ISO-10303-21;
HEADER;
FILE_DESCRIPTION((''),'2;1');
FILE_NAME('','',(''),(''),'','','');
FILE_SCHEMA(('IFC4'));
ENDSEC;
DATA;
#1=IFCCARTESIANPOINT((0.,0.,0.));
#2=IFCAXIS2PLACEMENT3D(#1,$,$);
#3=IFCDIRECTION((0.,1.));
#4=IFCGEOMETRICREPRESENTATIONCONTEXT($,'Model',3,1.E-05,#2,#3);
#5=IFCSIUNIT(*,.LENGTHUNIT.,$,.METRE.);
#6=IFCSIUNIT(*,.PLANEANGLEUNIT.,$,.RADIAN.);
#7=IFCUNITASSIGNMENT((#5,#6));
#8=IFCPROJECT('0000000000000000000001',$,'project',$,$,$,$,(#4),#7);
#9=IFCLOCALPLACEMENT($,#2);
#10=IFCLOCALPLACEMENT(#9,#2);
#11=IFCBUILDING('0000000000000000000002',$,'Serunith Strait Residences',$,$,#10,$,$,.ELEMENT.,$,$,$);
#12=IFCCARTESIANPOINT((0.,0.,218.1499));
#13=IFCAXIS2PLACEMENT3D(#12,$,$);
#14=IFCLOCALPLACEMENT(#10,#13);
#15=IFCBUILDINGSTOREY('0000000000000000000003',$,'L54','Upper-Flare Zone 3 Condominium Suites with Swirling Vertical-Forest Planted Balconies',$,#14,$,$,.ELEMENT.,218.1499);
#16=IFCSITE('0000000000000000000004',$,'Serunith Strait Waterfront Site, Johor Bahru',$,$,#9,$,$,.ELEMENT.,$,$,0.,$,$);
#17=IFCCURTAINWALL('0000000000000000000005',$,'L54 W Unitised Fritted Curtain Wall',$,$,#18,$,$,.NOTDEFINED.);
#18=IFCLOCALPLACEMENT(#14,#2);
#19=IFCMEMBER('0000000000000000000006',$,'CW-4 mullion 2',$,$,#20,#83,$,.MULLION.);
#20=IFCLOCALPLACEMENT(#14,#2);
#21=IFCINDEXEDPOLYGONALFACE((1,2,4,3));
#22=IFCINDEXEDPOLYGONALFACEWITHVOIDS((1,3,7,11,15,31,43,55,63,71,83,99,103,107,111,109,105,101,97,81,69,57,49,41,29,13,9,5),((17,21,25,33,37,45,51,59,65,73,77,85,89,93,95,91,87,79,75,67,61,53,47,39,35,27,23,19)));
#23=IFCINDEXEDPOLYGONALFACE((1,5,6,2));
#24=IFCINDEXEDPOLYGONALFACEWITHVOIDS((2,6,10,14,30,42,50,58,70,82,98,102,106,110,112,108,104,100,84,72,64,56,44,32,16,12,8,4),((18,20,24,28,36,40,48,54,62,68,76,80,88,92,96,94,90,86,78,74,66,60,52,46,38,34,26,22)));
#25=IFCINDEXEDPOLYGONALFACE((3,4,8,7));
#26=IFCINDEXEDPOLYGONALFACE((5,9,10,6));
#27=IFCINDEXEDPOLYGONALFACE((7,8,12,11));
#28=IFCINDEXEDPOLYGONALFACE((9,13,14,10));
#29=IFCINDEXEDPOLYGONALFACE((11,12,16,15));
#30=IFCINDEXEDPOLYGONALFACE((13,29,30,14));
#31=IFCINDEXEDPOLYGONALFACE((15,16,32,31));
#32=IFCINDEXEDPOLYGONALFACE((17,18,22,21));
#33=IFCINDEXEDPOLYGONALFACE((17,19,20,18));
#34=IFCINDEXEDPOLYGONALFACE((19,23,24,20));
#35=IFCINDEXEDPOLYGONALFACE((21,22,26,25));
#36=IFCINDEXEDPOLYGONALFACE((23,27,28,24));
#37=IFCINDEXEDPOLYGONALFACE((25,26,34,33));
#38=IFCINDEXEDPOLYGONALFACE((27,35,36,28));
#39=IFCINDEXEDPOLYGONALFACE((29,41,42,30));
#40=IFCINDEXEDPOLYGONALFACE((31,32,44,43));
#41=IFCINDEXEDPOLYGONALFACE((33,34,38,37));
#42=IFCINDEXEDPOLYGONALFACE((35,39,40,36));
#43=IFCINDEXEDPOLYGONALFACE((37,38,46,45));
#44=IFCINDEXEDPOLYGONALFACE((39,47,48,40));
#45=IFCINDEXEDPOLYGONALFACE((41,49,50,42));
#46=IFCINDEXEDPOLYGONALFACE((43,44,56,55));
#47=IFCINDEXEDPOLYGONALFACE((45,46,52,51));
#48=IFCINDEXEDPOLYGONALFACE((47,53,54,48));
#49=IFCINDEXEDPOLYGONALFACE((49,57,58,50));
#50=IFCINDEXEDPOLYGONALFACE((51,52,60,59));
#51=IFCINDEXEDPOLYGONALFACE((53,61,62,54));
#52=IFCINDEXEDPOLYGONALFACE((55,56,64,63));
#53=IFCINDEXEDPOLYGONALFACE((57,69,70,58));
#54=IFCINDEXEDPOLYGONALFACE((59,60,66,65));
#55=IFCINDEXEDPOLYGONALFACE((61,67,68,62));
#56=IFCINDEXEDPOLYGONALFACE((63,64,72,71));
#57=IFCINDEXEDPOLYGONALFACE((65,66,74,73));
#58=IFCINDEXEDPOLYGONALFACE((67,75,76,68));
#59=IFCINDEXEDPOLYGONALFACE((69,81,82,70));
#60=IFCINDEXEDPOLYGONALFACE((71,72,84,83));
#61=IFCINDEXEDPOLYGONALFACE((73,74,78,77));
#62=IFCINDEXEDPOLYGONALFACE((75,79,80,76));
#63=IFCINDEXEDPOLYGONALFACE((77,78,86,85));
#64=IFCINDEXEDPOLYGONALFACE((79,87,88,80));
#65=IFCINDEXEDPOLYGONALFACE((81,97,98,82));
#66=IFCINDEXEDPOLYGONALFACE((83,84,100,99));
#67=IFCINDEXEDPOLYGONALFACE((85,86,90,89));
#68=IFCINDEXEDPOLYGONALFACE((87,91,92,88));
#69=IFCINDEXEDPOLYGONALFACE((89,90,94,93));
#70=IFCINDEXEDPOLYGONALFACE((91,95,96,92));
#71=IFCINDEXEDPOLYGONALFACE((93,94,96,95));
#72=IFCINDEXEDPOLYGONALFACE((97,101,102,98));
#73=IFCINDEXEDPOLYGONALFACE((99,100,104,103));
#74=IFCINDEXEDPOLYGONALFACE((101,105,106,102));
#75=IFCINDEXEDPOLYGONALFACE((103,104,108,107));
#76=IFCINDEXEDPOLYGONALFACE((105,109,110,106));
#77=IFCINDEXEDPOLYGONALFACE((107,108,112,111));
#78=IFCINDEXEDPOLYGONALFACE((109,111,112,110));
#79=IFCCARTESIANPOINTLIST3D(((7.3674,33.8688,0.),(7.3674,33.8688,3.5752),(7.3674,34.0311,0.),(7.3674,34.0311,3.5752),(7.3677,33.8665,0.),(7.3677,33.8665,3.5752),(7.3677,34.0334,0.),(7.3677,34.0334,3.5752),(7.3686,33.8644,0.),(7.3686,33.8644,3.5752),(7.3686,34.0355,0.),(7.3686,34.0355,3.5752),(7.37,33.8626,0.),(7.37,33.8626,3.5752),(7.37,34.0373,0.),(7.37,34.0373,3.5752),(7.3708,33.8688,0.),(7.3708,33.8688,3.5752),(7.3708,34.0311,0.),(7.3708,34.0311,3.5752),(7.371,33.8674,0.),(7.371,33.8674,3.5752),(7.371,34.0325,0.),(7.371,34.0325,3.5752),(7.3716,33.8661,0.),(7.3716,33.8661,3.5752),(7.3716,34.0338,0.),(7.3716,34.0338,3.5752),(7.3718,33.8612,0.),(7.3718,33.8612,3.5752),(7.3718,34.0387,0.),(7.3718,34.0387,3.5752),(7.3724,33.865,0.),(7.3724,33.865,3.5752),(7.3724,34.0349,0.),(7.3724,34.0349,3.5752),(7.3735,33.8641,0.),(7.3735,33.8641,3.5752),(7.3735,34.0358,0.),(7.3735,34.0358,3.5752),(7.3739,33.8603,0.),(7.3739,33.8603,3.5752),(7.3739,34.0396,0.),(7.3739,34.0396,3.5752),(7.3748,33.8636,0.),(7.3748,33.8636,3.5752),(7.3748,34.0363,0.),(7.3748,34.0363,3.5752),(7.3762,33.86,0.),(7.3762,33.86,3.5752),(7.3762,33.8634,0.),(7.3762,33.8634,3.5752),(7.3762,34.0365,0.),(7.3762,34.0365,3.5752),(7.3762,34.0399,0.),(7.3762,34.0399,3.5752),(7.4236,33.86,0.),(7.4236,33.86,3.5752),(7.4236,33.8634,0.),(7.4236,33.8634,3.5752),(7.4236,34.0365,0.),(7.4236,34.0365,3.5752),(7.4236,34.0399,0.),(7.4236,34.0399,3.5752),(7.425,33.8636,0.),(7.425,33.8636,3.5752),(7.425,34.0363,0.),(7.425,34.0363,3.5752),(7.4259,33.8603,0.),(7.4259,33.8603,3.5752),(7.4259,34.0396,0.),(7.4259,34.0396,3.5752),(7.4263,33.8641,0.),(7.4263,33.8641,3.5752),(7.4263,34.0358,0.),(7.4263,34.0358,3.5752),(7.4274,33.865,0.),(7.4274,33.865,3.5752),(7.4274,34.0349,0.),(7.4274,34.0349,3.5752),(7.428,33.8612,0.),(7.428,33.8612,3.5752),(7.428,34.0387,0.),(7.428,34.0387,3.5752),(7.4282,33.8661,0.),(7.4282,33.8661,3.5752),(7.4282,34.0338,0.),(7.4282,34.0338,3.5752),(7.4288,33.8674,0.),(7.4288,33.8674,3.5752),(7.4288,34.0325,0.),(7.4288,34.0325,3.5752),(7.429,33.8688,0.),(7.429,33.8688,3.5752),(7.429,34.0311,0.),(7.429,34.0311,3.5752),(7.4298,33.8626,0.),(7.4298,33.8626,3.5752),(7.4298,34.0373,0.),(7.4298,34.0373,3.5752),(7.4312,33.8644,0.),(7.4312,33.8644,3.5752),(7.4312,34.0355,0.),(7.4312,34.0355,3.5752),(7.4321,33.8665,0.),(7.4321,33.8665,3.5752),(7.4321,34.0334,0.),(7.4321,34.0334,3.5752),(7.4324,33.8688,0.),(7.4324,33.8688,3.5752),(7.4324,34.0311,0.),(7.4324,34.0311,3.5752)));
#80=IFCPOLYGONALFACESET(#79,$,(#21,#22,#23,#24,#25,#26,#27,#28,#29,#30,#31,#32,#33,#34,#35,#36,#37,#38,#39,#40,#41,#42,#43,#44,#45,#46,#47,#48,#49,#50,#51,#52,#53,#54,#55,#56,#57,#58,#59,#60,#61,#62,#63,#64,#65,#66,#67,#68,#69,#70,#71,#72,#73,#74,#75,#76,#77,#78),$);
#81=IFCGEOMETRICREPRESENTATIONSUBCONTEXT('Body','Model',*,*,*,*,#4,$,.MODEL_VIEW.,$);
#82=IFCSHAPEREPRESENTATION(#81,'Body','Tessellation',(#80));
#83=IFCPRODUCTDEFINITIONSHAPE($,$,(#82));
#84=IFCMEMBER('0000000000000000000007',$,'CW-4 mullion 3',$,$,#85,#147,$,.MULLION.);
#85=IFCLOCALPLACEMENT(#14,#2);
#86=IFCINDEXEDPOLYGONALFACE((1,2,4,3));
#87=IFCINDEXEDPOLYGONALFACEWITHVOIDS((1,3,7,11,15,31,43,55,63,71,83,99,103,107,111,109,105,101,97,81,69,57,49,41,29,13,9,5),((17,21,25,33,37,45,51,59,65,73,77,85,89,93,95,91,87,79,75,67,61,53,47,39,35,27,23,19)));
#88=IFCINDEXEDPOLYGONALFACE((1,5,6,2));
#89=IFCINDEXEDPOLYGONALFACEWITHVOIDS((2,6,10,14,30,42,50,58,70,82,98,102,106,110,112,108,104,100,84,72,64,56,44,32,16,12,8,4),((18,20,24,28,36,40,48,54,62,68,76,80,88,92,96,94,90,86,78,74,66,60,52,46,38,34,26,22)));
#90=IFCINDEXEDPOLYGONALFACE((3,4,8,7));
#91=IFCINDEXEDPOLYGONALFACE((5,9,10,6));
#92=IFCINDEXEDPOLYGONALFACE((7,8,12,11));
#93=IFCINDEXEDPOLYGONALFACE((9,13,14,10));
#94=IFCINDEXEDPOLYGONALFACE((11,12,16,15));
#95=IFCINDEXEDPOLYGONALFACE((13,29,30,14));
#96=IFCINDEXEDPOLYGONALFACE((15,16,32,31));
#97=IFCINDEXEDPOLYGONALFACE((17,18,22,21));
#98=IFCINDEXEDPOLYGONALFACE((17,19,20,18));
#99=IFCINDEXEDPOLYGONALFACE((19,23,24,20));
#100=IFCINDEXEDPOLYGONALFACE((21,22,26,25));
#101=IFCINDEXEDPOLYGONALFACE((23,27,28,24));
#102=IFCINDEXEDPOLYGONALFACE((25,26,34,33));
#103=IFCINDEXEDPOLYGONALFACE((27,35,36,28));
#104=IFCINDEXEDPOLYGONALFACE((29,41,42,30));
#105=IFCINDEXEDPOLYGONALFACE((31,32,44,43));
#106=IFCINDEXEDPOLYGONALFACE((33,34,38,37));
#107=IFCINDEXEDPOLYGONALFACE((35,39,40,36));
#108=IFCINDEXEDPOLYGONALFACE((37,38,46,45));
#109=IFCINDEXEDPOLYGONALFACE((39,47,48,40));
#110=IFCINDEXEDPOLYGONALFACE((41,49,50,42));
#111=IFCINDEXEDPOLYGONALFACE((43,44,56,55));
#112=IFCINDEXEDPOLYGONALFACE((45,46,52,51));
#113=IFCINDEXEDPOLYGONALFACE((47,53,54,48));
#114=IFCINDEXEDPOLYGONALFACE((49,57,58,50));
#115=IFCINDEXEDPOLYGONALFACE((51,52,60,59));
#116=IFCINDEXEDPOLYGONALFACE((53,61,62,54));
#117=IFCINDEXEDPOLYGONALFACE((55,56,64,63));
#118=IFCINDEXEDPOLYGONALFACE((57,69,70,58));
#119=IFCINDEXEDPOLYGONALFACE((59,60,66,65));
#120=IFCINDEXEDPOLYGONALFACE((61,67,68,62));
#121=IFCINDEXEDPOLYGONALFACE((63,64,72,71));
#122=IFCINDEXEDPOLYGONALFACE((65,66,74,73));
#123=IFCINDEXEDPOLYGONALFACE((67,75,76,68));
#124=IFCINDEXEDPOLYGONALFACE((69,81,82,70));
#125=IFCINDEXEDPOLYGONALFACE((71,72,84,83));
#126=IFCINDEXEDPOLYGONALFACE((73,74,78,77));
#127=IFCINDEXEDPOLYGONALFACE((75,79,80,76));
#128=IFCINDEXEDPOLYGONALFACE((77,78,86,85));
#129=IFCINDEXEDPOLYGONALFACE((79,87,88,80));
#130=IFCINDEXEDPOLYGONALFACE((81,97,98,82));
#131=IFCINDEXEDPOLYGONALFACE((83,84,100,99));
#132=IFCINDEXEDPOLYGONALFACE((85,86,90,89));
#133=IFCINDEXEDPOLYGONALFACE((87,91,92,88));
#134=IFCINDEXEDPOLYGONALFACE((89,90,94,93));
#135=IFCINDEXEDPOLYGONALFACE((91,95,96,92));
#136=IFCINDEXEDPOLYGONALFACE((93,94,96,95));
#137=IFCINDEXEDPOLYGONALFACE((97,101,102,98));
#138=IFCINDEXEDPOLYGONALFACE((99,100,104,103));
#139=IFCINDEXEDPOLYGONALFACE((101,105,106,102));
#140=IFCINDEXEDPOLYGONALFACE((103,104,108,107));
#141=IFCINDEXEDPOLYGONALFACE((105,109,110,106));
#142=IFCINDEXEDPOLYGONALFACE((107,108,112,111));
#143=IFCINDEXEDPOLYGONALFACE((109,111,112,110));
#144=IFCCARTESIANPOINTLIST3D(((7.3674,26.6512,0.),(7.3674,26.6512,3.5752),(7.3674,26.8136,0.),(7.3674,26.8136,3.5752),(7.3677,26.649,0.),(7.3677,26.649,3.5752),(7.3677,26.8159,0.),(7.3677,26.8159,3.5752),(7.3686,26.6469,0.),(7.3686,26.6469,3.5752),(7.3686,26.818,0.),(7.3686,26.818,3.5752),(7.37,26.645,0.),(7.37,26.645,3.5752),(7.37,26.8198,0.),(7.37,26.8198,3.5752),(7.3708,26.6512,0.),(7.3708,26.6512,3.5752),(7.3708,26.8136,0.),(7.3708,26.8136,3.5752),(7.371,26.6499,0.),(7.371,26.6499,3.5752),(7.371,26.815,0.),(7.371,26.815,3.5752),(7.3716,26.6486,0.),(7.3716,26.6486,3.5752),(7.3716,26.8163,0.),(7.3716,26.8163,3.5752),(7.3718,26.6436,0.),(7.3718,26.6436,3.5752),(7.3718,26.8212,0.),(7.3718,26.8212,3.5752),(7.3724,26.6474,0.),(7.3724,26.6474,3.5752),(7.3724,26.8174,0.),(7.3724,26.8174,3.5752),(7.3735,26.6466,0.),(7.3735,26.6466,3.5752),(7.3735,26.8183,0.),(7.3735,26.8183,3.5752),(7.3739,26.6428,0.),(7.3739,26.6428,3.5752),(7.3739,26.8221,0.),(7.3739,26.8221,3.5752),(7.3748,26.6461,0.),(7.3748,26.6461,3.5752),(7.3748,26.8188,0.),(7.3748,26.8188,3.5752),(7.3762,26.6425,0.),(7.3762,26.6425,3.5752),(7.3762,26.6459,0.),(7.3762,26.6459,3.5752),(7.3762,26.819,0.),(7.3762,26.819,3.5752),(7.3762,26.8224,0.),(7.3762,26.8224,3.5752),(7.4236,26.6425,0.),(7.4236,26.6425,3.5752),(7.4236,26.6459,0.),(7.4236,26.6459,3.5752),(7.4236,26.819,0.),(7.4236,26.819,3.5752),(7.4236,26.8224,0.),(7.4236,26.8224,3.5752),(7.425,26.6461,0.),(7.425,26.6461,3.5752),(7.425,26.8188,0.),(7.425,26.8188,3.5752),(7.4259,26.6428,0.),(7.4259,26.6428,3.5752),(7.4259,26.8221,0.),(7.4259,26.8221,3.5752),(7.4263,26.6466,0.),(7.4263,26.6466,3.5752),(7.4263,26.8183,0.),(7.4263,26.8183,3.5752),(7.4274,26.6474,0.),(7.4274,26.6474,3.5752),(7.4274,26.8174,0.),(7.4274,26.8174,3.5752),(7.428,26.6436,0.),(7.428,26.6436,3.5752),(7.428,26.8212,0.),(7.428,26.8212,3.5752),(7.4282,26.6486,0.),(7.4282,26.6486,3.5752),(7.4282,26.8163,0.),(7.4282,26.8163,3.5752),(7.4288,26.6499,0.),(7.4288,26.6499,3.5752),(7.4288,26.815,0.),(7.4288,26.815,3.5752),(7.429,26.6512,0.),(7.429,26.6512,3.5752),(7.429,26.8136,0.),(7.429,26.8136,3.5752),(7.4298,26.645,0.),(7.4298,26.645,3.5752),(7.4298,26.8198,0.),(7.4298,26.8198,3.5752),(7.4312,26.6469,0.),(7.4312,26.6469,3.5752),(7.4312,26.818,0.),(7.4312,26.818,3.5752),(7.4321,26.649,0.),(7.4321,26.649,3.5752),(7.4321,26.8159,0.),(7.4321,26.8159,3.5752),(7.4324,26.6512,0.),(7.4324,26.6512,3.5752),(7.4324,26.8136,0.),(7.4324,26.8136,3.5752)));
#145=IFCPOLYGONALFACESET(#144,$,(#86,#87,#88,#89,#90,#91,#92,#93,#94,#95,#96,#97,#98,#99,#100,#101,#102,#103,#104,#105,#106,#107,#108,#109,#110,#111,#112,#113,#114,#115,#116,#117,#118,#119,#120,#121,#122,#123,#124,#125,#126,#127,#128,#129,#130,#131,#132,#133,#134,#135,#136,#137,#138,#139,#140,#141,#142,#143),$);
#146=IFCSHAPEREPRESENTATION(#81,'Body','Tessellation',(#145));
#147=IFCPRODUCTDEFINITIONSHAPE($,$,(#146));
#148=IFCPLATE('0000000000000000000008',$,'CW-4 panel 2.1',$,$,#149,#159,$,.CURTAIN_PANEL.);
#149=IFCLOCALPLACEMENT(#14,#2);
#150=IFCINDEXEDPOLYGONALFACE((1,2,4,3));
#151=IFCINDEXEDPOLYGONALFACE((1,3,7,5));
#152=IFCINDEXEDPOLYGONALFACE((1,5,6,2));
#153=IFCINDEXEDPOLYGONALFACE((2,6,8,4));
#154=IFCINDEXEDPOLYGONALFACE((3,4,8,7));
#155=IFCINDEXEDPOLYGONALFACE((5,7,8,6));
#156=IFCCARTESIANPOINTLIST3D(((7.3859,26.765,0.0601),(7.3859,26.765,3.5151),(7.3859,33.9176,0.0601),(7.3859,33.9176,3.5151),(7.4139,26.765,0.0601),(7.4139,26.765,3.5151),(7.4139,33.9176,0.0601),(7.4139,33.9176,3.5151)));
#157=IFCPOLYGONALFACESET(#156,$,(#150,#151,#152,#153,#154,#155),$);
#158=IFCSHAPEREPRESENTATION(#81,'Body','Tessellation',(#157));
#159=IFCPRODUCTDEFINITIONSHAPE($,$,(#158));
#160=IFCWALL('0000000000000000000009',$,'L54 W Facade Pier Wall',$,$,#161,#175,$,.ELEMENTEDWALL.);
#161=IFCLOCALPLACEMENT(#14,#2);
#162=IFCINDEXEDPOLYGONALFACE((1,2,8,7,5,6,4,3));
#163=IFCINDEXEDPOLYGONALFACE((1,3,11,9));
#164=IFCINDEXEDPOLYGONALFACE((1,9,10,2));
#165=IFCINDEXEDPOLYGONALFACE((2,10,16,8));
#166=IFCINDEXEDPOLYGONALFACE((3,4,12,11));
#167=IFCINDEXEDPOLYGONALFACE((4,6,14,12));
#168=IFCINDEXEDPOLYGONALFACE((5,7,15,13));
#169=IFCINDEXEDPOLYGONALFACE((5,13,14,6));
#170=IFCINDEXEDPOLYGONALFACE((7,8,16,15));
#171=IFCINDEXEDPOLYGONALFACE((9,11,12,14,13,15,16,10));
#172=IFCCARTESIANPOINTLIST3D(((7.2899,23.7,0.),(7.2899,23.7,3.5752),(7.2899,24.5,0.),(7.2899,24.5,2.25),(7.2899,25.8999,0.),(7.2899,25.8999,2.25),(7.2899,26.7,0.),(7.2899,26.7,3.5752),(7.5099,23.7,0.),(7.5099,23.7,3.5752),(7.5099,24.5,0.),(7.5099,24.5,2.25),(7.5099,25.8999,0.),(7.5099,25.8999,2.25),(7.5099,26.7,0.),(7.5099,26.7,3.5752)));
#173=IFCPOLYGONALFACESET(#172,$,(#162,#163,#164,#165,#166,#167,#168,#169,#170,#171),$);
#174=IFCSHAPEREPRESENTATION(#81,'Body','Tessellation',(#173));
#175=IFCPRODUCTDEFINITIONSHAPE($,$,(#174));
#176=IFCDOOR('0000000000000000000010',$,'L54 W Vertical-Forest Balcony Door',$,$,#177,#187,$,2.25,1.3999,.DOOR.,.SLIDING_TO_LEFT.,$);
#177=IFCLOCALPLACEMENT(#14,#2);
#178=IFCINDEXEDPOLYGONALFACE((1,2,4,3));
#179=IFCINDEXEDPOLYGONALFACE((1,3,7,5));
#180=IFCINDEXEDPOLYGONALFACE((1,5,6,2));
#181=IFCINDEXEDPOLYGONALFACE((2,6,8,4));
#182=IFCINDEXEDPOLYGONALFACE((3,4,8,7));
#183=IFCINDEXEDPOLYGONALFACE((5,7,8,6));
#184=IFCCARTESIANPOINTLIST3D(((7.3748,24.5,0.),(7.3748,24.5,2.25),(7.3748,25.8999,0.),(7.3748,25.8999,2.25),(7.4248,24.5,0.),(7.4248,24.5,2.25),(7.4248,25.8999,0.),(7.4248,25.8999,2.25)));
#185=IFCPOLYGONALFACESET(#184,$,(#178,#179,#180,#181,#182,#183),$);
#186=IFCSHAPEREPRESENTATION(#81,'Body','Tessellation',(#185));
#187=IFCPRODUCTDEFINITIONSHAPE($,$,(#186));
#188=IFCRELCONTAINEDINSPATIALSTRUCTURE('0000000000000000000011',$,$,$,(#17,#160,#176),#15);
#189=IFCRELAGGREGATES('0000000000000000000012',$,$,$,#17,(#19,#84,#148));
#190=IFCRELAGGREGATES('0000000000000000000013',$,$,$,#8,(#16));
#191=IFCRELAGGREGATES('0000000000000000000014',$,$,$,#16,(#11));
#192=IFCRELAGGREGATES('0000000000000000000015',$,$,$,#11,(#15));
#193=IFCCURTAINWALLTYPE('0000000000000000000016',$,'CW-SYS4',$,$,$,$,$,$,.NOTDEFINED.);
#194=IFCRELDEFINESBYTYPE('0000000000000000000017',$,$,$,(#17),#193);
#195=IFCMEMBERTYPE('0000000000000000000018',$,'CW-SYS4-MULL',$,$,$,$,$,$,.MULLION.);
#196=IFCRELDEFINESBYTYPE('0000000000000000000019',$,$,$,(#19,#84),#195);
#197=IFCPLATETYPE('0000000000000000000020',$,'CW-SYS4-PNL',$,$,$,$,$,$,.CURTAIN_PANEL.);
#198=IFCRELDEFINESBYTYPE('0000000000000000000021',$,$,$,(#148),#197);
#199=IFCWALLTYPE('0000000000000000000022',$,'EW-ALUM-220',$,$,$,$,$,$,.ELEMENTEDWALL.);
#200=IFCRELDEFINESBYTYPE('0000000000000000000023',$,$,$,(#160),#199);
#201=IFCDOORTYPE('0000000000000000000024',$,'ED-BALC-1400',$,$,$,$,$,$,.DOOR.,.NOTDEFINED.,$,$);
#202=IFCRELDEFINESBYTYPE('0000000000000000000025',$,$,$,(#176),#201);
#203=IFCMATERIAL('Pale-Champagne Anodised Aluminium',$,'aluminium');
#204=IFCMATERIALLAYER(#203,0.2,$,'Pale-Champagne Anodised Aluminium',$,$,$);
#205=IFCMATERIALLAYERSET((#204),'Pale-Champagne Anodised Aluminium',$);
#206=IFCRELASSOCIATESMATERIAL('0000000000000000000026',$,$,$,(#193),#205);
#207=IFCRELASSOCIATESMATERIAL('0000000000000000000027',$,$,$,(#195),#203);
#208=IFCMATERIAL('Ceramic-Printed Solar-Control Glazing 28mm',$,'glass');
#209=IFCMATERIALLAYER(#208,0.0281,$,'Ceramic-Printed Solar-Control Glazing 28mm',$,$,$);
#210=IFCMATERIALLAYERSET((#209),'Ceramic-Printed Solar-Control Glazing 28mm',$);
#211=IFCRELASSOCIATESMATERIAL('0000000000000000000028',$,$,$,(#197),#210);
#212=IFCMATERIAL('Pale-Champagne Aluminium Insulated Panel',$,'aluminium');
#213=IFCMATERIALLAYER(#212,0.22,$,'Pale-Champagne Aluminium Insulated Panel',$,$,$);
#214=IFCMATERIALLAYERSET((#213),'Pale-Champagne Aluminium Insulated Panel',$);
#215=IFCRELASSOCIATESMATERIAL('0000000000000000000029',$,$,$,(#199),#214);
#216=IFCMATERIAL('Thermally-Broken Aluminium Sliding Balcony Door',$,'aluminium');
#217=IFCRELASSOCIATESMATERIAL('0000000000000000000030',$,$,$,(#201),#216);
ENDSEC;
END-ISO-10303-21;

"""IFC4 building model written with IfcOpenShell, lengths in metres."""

from ifc_helpers import new_model, si_unit, direction, frame, frame_2d, origin, origin_2d, place, context, subcontext, project, spatial, rectangle, hollow_rectangle, extrude, source, transform, mapped, material, layer, layer_set, material_profile, profile_set, type_object, element, fill, aggregate, save


model = new_model("IFC4")

# Units and contexts
model_context = context("Model", 3, precision=1e-05, world=origin(), true_north=direction((0.0, 1.0)))
body_context = subcontext(model_context, "Body", "Model", "MODEL_VIEW")
ifc_project = project(units=[si_unit("LENGTHUNIT", "METRE"), si_unit("PLANEANGLEUNIT", "RADIAN")], contexts=[model_context])

# Site, building, storey
site_placement = place(None, origin())
site = spatial("IfcSite", under=ifc_project, at=site_placement, Name="Serunith Strait Waterfront Site, Johor Bahru", CompositionType="ELEMENT", RefElevation=0.0)
building_placement = place(site_placement, origin())
building = spatial("IfcBuilding", under=site, at=building_placement, Name="Serunith Strait Residences", CompositionType="ELEMENT")
storey_placement = place(building_placement, frame((0.0, 0.0, 218.1499)))
storey = spatial("IfcBuildingStorey", under=building, at=storey_placement, Name="L54", Description="Upper-Flare Zone 3 Condominium Suites with Swirling Vertical-Forest Planted Balconies", CompositionType="ELEMENT", Elevation=218.1499)

# Curtain wall, members, plate
ifc_material_1 = material(Name="Pale-Champagne Anodised Aluminium", Category="aluminium")
ifc_layer_1 = layer(ifc_material_1, 0.2, Name="Pale-Champagne Anodised Aluminium")
ifc_layer_set_1 = layer_set([ifc_layer_1], Name="Pale-Champagne Anodised Aluminium")
curtain_wall_type = type_object("IfcCurtainWallType", Name="CW-SYS4", PredefinedType="NOTDEFINED", material=ifc_layer_set_1)
curtain_wall_placement = place(storey_placement, origin())
curtain_wall = element("IfcCurtainWall", 1, at=curtain_wall_placement, inside=storey, type_object=curtain_wall_type, Name="L54 W Unitised Fritted Curtain Wall", PredefinedType="NOTDEFINED")
ifc_material_profile_1 = material_profile(ifc_material_1, hollow_rectangle(XDim=0.0649, YDim=0.1799, WallThickness=0.0034, InnerFilletRadius=0.0054, OuterFilletRadius=0.0088, at=origin_2d()), Name="ALU 180x65x3.5")
ifc_profile_set_1 = profile_set([ifc_material_profile_1], Name="Pale-Champagne Anodised Aluminium")
member_type_1 = type_object("IfcMemberType", Name="CW-SYS4-MULL", PredefinedType="MULLION", material=ifc_profile_set_1)
shared_shape_1 = source(origin(), body_context, "Body", "SweptSolid", [
    extrude(hollow_rectangle(XDim=0.0649, YDim=0.1799, WallThickness=0.0034, InnerFilletRadius=0.0054, OuterFilletRadius=0.0088, at=origin_2d()), origin(), (0.0, 0.0, 1.0), 3.5752),
])
member_1_placement = place(storey_placement, frame((7.3999, 33.95, 0.0), z_axis=(0.0, 0.0, 1.0), x_axis=(1.0, 0.0, 0.0)))
member_1 = element("IfcMember", 2, at=member_1_placement, type_object=member_type_1, Name="CW-4 mullion 2", PredefinedType="MULLION", context=body_context, shape_type="MappedRepresentation", body=[
    mapped(shared_shape_1, transform((0.0, 0.0, 0.0), scale=1.0)),
])
member_2_placement = place(storey_placement, frame((7.3999, 26.7324, 0.0), z_axis=(0.0, 0.0, 1.0), x_axis=(1.0, 0.0, 0.0)))
member_2 = element("IfcMember", 3, at=member_2_placement, type_object=member_type_1, Name="CW-4 mullion 3", PredefinedType="MULLION", context=body_context, shape_type="MappedRepresentation", body=[
    mapped(shared_shape_1, transform((0.0, 0.0, 0.0), scale=1.0)),
])
ifc_material_2 = material(Name="Ceramic-Printed Solar-Control Glazing 28mm", Category="glass")
ifc_layer_2 = layer(ifc_material_2, 0.0281, Name="Ceramic-Printed Solar-Control Glazing 28mm")
ifc_layer_set_2 = layer_set([ifc_layer_2], Name="Ceramic-Printed Solar-Control Glazing 28mm")
plate_type = type_object("IfcPlateType", Name="CW-SYS4-PNL", PredefinedType="CURTAIN_PANEL", material=ifc_layer_set_2)
shared_shape_2 = source(origin(), body_context, "Body", "SweptSolid", [
    extrude(rectangle(XDim=7.1526, YDim=0.0281, at=origin_2d()), origin(), (0.0, 0.0, 1.0), 3.4551),
])
plate_placement = place(storey_placement, frame((7.3999, 30.3413, 0.0601), z_axis=(0.0, 0.0, 1.0), x_axis=(0.0, -1.0, 0.0)))
plate = element("IfcPlate", 4, at=plate_placement, type_object=plate_type, Name="CW-4 panel 2.1", PredefinedType="CURTAIN_PANEL", context=body_context, shape_type="MappedRepresentation", body=[
    mapped(shared_shape_2, transform((0.0, 0.0, 0.0), scale=1.0)),
])
aggregate(curtain_wall, [member_1, member_2, plate])

# Wall, opening, door
ifc_material_3 = material(Name="Pale-Champagne Aluminium Insulated Panel", Category="aluminium")
ifc_layer_3 = layer(ifc_material_3, 0.22, Name="Pale-Champagne Aluminium Insulated Panel")
ifc_layer_set_3 = layer_set([ifc_layer_3], Name="Pale-Champagne Aluminium Insulated Panel")
wall_type_1 = type_object("IfcWallType", Name="EW-ALUM-220", PredefinedType="ELEMENTEDWALL", material=ifc_layer_set_3)
wall_1_placement = place(storey_placement, frame((7.3999, 26.7, 0.0), z_axis=(0.0, 0.0, 1.0), x_axis=(0.0, -1.0, 0.0)))
wall_1 = element("IfcWall", 5, at=wall_1_placement, inside=storey, type_object=wall_type_1, Name="L54 W Facade Pier Wall", PredefinedType="ELEMENTEDWALL", context=body_context, shape_type="SweptSolid", body=[
    extrude(rectangle(XDim=3.0, YDim=0.22, at=frame_2d((1.5, 0.0))), origin(), (0.0, 0.0, 1.0), 3.5752),
])
opening_1_placement = place(wall_1_placement, frame((0.8, 0.0, 0.0)))
opening_1 = element("IfcOpeningElement", 6, at=opening_1_placement, cuts=wall_1, PredefinedType="OPENING", context=body_context, shape_type="SweptSolid", body=[
    extrude(rectangle(XDim=1.3999, YDim=2.25, at=frame_2d((0.7, 1.125))), frame((0.0, 0.1201, 0.0), z_axis=(0.0, -1.0, 0.0), x_axis=(1.0, 0.0, 0.0)), (0.0, 0.0, 1.0), 0.24),
])
ifc_material_4 = material(Name="Thermally-Broken Aluminium Sliding Balcony Door", Category="aluminium")
door_type_1 = type_object("IfcDoorType", Name="ED-BALC-1400", OperationType="NOTDEFINED", PredefinedType="DOOR", material=ifc_material_4)
shared_shape_3 = source(origin(), body_context, "Body", "SweptSolid", [
    extrude(rectangle(XDim=1.3999, YDim=2.25, at=frame_2d((0.7, 1.125))), frame((0.0, 0.0249, 0.0), z_axis=(0.0, -1.0, 0.0), x_axis=(1.0, 0.0, 0.0)), (0.0, 0.0, 1.0), 0.05),
])
door_1_placement = place(opening_1_placement, origin())
door_1 = element("IfcDoor", 7, at=door_1_placement, inside=storey, type_object=door_type_1, Name="L54 W Vertical-Forest Balcony Door", OperationType="SLIDING_TO_LEFT", OverallHeight=2.25, OverallWidth=1.3999, PredefinedType="DOOR", context=body_context, shape_type="MappedRepresentation", body=[
    mapped(shared_shape_3, transform((0.0, 0.0, 0.0), scale=1.0)),
])
fill(opening_1, door_1)

save(model, "model.ifc")
